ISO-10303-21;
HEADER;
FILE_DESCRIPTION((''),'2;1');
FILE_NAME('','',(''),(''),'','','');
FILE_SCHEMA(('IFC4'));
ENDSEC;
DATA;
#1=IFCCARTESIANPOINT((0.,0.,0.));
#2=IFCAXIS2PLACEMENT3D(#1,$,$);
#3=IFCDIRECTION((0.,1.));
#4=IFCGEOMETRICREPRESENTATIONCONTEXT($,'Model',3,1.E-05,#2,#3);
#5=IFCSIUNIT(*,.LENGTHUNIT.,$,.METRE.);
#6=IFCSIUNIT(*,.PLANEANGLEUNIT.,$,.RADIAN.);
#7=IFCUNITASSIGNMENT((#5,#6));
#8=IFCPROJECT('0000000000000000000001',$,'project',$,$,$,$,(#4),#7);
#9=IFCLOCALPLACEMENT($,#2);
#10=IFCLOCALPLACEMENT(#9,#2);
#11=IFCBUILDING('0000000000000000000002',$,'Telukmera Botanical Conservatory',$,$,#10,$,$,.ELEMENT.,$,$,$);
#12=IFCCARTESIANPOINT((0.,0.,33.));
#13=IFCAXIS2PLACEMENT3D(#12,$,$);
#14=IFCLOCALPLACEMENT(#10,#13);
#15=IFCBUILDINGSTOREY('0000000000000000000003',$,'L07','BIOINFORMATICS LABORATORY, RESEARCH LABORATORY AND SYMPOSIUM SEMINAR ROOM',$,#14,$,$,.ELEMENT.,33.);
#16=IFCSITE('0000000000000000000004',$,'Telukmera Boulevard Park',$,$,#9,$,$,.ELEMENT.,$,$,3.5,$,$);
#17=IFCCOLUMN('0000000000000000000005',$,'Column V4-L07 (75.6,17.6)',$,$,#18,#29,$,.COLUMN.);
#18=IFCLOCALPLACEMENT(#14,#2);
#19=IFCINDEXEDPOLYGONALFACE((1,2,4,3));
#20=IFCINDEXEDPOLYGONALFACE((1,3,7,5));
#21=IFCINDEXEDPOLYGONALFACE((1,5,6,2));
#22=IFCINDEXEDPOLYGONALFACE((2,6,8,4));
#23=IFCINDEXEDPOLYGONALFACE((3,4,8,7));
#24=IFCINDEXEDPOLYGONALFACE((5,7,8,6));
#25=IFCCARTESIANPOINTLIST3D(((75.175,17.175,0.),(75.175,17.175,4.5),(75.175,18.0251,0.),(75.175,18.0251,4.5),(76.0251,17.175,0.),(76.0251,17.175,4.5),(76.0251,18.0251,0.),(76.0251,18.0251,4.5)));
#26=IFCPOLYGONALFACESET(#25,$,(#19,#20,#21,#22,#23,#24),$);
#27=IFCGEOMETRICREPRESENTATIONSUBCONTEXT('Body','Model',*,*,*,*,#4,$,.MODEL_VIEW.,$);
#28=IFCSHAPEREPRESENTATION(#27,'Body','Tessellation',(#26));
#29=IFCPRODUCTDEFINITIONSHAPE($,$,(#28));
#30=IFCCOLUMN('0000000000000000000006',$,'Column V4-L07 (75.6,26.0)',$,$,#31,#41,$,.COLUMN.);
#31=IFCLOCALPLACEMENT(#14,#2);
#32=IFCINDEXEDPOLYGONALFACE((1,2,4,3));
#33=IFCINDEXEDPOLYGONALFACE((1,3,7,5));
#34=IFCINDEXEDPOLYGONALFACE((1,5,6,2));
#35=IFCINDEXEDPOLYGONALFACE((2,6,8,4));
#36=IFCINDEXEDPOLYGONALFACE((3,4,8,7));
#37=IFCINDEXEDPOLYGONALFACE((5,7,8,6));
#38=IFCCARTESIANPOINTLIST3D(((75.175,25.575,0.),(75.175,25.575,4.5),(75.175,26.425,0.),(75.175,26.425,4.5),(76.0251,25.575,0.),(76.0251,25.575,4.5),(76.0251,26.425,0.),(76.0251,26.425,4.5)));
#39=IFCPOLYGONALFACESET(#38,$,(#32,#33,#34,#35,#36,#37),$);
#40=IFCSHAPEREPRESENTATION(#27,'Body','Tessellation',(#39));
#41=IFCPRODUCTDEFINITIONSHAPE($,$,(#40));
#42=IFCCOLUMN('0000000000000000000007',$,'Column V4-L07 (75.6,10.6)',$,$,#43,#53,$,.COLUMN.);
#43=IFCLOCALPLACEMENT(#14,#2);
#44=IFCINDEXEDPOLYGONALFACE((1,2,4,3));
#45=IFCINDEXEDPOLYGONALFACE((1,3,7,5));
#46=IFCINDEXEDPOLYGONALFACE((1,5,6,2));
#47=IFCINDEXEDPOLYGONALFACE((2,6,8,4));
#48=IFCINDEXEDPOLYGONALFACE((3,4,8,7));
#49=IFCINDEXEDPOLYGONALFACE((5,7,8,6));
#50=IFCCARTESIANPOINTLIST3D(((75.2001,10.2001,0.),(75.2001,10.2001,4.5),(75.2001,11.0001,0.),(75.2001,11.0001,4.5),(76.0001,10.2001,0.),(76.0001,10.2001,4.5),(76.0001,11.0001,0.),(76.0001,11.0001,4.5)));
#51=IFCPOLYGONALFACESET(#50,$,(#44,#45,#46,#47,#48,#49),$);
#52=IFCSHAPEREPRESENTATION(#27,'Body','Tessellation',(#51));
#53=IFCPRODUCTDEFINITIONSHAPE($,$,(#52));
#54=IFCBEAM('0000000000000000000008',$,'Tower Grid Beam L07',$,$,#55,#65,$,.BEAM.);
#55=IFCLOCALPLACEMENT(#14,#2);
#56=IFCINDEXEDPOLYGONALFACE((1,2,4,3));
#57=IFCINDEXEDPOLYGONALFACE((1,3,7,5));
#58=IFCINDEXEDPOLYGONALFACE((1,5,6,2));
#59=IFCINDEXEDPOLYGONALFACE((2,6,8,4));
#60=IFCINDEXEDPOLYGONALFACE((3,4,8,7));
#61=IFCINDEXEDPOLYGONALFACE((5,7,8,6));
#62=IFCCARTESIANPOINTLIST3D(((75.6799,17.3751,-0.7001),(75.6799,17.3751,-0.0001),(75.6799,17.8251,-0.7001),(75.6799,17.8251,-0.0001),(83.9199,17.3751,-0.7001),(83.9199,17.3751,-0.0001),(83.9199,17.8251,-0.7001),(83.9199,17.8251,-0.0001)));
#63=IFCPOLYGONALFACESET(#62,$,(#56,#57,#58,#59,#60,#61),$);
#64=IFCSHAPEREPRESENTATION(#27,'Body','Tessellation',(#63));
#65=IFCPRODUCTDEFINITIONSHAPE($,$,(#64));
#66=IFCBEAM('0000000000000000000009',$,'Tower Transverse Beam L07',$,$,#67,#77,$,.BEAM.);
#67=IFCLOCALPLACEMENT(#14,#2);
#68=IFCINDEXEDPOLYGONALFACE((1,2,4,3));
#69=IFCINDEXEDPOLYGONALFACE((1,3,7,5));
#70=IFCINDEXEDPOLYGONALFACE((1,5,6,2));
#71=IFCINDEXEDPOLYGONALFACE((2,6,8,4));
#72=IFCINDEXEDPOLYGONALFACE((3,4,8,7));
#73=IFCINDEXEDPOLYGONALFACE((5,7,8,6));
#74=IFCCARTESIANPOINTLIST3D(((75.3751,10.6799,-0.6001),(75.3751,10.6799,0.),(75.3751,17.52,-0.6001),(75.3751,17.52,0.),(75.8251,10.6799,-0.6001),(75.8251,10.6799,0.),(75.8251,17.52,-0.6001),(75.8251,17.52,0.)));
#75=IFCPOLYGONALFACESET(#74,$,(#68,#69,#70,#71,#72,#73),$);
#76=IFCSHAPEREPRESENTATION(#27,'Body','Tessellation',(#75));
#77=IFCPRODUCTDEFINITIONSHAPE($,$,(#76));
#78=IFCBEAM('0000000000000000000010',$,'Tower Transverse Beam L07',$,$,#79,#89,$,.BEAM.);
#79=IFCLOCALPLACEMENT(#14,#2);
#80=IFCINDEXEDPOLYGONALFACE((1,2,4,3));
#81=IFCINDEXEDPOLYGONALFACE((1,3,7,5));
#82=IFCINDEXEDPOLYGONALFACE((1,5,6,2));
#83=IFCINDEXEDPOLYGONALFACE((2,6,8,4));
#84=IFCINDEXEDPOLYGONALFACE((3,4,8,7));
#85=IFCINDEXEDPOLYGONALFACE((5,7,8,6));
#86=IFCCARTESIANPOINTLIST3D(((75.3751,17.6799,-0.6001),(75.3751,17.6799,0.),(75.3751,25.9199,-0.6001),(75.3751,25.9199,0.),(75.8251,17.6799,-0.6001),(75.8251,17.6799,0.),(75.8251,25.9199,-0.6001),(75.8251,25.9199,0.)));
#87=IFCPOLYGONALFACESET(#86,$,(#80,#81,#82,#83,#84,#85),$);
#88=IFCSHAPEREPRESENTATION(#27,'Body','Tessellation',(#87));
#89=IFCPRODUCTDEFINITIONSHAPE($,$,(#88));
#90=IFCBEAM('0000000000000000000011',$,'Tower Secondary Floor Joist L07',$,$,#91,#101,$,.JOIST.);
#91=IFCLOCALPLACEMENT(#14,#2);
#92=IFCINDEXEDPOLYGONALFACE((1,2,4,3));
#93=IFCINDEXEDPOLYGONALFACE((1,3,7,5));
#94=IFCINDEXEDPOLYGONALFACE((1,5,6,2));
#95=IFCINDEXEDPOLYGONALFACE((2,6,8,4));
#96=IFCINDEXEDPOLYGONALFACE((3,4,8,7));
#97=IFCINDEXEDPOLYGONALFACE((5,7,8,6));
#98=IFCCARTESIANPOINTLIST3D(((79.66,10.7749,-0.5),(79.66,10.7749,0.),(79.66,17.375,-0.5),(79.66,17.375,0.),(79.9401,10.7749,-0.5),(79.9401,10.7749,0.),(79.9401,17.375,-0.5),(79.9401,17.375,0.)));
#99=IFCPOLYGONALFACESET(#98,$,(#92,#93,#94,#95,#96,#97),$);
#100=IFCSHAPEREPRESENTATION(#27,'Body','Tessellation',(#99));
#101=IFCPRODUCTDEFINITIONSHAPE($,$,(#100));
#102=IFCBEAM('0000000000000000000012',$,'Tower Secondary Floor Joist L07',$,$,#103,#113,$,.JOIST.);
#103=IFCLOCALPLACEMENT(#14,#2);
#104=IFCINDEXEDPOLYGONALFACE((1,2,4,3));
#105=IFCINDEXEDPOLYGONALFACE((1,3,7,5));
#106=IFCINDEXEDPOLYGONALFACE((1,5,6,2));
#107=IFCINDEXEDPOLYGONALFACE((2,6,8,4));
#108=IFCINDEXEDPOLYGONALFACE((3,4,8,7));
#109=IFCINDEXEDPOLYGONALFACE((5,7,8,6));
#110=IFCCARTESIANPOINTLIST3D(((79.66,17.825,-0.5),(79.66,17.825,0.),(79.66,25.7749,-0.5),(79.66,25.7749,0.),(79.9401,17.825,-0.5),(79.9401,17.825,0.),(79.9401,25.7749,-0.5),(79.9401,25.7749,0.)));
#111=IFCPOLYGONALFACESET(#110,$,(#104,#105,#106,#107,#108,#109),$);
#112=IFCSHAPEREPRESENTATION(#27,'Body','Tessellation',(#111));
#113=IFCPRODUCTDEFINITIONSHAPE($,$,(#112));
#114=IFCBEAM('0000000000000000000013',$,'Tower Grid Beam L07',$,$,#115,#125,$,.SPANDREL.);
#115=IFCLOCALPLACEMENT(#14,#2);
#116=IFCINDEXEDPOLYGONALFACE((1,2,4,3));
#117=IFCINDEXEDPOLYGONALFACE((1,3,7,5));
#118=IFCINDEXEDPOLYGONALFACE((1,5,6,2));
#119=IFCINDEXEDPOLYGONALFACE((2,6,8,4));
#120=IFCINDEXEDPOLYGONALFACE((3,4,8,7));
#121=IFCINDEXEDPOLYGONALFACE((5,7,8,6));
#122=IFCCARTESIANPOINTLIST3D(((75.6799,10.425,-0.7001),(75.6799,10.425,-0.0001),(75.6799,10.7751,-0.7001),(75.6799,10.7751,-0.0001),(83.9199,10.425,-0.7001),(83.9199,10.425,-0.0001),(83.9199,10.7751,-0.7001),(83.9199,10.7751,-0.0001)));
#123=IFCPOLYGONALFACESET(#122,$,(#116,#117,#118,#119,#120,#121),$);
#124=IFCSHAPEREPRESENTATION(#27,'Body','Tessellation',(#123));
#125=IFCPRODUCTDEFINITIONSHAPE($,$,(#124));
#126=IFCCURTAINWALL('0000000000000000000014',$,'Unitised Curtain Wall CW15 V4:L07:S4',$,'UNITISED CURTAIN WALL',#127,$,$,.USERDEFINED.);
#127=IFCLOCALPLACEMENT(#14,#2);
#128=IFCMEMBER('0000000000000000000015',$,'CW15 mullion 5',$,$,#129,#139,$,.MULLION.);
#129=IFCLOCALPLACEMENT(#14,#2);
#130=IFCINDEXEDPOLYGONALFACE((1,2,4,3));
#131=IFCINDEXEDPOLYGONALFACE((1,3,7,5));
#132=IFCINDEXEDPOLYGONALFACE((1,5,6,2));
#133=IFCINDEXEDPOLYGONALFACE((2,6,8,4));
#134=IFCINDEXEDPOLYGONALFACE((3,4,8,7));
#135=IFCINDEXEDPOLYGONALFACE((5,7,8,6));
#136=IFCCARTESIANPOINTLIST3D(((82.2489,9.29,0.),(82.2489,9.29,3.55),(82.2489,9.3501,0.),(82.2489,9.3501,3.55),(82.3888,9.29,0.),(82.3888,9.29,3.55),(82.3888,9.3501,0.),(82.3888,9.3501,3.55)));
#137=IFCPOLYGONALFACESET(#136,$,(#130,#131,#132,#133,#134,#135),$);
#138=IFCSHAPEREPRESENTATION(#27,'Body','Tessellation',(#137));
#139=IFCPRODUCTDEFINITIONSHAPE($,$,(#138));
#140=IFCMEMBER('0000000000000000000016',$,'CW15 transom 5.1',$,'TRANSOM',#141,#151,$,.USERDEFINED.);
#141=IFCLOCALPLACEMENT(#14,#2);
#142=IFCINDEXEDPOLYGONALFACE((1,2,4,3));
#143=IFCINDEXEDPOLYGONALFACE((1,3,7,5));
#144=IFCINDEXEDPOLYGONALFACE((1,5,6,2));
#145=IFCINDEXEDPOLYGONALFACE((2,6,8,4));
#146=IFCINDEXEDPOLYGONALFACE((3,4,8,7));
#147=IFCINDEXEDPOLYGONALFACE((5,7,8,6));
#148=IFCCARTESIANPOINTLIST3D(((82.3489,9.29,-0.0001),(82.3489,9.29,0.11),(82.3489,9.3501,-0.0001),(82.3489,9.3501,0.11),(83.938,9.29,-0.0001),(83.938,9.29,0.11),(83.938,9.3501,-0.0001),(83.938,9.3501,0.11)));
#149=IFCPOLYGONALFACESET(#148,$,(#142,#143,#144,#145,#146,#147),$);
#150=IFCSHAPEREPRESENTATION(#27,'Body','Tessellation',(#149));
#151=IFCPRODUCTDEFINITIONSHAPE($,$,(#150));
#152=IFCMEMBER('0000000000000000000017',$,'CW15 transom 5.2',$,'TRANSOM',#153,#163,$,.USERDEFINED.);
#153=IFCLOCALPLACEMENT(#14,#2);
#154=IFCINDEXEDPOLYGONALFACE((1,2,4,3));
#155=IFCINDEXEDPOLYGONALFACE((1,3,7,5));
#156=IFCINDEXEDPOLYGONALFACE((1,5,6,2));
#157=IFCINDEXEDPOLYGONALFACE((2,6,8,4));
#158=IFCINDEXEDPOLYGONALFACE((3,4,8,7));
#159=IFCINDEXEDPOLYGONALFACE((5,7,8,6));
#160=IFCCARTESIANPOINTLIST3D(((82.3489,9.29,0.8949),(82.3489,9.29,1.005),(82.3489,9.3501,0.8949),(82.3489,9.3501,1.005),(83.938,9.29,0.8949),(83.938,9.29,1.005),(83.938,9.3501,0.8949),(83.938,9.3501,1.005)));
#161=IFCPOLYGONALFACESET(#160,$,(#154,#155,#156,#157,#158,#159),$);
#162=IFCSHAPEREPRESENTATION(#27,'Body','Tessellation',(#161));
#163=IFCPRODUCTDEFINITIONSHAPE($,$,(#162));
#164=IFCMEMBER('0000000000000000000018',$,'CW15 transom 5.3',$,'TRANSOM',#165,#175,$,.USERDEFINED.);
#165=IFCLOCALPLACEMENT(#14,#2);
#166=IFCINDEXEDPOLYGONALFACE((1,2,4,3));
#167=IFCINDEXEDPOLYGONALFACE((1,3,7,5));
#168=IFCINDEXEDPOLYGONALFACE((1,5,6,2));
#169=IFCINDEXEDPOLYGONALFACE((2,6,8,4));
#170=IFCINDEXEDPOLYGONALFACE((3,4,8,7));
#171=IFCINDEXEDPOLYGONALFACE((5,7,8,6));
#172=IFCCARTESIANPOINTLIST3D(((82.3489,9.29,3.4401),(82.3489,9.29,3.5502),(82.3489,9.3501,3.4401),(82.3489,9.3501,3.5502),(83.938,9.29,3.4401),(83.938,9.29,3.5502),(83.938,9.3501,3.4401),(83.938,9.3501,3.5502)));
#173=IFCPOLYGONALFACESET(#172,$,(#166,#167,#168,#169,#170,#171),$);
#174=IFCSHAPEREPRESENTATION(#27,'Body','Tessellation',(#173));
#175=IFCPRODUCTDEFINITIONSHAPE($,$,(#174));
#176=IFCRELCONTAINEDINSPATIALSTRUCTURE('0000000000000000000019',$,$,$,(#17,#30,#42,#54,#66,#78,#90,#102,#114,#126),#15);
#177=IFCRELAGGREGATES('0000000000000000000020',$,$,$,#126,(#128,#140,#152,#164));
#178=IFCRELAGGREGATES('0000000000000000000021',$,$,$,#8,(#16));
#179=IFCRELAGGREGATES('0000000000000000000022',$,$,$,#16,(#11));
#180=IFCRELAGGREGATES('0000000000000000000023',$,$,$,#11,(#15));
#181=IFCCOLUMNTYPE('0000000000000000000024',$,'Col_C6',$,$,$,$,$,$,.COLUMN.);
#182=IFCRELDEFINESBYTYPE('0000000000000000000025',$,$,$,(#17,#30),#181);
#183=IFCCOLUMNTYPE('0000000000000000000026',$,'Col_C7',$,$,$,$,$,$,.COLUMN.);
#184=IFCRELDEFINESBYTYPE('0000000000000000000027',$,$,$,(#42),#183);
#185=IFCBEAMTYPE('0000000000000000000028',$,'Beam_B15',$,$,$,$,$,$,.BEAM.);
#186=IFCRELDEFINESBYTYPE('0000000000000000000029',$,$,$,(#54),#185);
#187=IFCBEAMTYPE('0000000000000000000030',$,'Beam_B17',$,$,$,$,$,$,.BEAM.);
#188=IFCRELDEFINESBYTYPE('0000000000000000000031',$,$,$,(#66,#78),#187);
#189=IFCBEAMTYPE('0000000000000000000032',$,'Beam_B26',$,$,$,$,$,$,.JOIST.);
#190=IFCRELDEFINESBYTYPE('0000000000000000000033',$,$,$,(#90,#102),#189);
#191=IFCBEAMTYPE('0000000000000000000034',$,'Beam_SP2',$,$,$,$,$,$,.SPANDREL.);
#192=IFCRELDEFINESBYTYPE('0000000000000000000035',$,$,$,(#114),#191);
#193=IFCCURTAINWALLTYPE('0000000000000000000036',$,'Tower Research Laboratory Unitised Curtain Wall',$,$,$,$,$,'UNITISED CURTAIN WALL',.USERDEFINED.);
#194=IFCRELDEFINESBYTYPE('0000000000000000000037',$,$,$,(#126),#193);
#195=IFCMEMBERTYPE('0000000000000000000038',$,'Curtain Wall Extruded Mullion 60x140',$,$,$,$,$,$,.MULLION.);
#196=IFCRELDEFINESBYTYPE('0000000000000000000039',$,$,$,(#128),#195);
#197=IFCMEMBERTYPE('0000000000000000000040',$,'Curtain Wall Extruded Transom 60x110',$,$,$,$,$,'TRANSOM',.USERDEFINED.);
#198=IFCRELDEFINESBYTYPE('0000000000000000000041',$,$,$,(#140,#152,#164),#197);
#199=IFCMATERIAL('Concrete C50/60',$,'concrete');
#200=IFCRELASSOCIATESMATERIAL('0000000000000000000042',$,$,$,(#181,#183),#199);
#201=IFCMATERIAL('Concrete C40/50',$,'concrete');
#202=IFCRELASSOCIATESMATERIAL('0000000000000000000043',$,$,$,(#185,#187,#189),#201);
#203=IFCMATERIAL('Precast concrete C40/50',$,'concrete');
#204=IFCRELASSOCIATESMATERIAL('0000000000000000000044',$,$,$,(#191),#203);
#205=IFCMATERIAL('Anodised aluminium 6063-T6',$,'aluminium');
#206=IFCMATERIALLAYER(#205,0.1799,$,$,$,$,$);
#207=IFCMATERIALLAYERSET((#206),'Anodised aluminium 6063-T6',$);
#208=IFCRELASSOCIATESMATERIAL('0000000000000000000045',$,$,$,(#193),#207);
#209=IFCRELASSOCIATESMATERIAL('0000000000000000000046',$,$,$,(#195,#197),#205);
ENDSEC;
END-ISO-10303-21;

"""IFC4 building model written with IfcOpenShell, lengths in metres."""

from ifc_helpers import new_model, si_unit, direction, frame, origin, origin_2d, place, context, subcontext, project, spatial, rectangle, extrude, material, layer, layer_set, material_profile, profile_set, type_object, element, aggregate, save


model = new_model("IFC4")

# Units and contexts
model_context = context("Model", 3, precision=1e-05, world=origin(), true_north=direction((0.0, 1.0)))
body_context = subcontext(model_context, "Body", "Model", "MODEL_VIEW")
ifc_project = project(units=[si_unit("LENGTHUNIT", "METRE"), si_unit("PLANEANGLEUNIT", "RADIAN")], contexts=[model_context])

# Site, building, storey
site_placement = place(None, origin())
site = spatial("IfcSite", under=ifc_project, at=site_placement, Name="Telukmera Boulevard Park", CompositionType="ELEMENT", RefElevation=3.5)
building_placement = place(site_placement, origin())
building = spatial("IfcBuilding", under=site, at=building_placement, Name="Telukmera Botanical Conservatory", CompositionType="ELEMENT")
storey_placement = place(building_placement, frame((0.0, 0.0, 33.0)))
storey = spatial("IfcBuildingStorey", under=building, at=storey_placement, Name="L07", Description="BIOINFORMATICS LABORATORY, RESEARCH LABORATORY AND SYMPOSIUM SEMINAR ROOM", CompositionType="ELEMENT", Elevation=33.0)

# Columns
ifc_material_1 = material(Name="Concrete C50/60", Category="concrete")
ifc_material_profile_1 = material_profile(ifc_material_1, rectangle(XDim=0.8501, YDim=0.8501, at=origin_2d()), Name="RC 850x850")
ifc_profile_set_1 = profile_set([ifc_material_profile_1], Name="Concrete C50/60")
column_type_1 = type_object("IfcColumnType", Name="Col_C6", PredefinedType="COLUMN", material=ifc_profile_set_1)
for number, where, z_axis, x_axis, name in (
    (1, (75.6001, 17.6001, 0.0), (0.0, 0.0, 1.0), (1.0, 0.0, 0.0), "Column V4-L07 (75.6,17.6)"),
    (2, (75.6001, 26.0, 0.0), (0.0, 0.0, 1.0), (1.0, 0.0, 0.0), "Column V4-L07 (75.6,26.0)"),
):
    element("IfcColumn", number, at=place(storey_placement, frame(where, z_axis=z_axis, x_axis=x_axis)), inside=storey, type_object=column_type_1, Name=name, PredefinedType="COLUMN", context=body_context, shape_type="SweptSolid", body=[
        extrude(rectangle(XDim=0.8501, YDim=0.8501, at=origin_2d()), origin(), (0.0, 0.0, 1.0), 4.5),
    ])
ifc_material_profile_2 = material_profile(ifc_material_1, rectangle(XDim=0.8, YDim=0.8, at=origin_2d()), Name="RC 800x800")
ifc_profile_set_2 = profile_set([ifc_material_profile_2], Name="Concrete C50/60")
column_type_2 = type_object("IfcColumnType", Name="Col_C7", PredefinedType="COLUMN", material=ifc_profile_set_2)
column_placement = place(storey_placement, frame((75.6001, 10.6001, 0.0), z_axis=(0.0, 0.0, 1.0), x_axis=(1.0, 0.0, 0.0)))
element("IfcColumn", 3, at=column_placement, inside=storey, type_object=column_type_2, Name="Column V4-L07 (75.6,10.6)", PredefinedType="COLUMN", context=body_context, shape_type="SweptSolid", body=[
    extrude(rectangle(XDim=0.8, YDim=0.8, at=origin_2d()), origin(), (0.0, 0.0, 1.0), 4.5),
])

# Beams
ifc_material_2 = material(Name="Concrete C40/50", Category="concrete")
ifc_material_profile_3 = material_profile(ifc_material_2, rectangle(XDim=0.45, YDim=0.7, at=origin_2d()), Name="RC 450x700")
ifc_profile_set_3 = profile_set([ifc_material_profile_3], Name="Concrete C40/50")
beam_type_1 = type_object("IfcBeamType", Name="Beam_B15", PredefinedType="BEAM", material=ifc_profile_set_3)
beam_1_placement = place(storey_placement, frame((75.6799, 17.6001, -0.3501), z_axis=(1.0, 0.0, 0.0), x_axis=(0.0, 1.0, 0.0)))
element("IfcBeam", 4, at=beam_1_placement, inside=storey, type_object=beam_type_1, Name="Tower Grid Beam L07", PredefinedType="BEAM", context=body_context, shape_type="SweptSolid", body=[
    extrude(rectangle(XDim=0.45, YDim=0.7, at=origin_2d()), origin(), (0.0, 0.0, 1.0), 8.24),
])
ifc_material_profile_4 = material_profile(ifc_material_2, rectangle(XDim=0.45, YDim=0.6001, at=origin_2d()), Name="RC 450x600")
ifc_profile_set_4 = profile_set([ifc_material_profile_4], Name="Concrete C40/50")
beam_type_2 = type_object("IfcBeamType", Name="Beam_B17", PredefinedType="BEAM", material=ifc_profile_set_4)
beam_2_placement = place(storey_placement, frame((75.6001, 10.6799, -0.3), z_axis=(0.0, 1.0, 0.0), x_axis=(-1.0, 0.0, 0.0)))
element("IfcBeam", 5, at=beam_2_placement, inside=storey, type_object=beam_type_2, Name="Tower Transverse Beam L07", PredefinedType="BEAM", context=body_context, shape_type="SweptSolid", body=[
    extrude(rectangle(XDim=0.45, YDim=0.6001, at=origin_2d()), origin(), (0.0, 0.0, 1.0), 6.8401),
])
beam_3_placement = place(storey_placement, frame((75.6001, 17.6799, -0.3), z_axis=(0.0, 1.0, 0.0), x_axis=(-1.0, 0.0, 0.0)))
element("IfcBeam", 6, at=beam_3_placement, inside=storey, type_object=beam_type_2, Name="Tower Transverse Beam L07", PredefinedType="BEAM", context=body_context, shape_type="SweptSolid", body=[
    extrude(rectangle(XDim=0.45, YDim=0.6001, at=origin_2d()), origin(), (0.0, 0.0, 1.0), 8.24),
])
ifc_material_profile_5 = material_profile(ifc_material_2, rectangle(XDim=0.28, YDim=0.5, at=origin_2d()), Name="RC 280x500")
ifc_profile_set_5 = profile_set([ifc_material_profile_5], Name="Concrete C40/50")
beam_type_3 = type_object("IfcBeamType", Name="Beam_B26", PredefinedType="JOIST", material=ifc_profile_set_5)
beam_4_placement = place(storey_placement, frame((79.8, 10.7749, -0.25), z_axis=(0.0, 1.0, 0.0), x_axis=(-1.0, 0.0, 0.0)))
element("IfcBeam", 7, at=beam_4_placement, inside=storey, type_object=beam_type_3, Name="Tower Secondary Floor Joist L07", PredefinedType="JOIST", context=body_context, shape_type="SweptSolid", body=[
    extrude(rectangle(XDim=0.28, YDim=0.5, at=origin_2d()), origin(), (0.0, 0.0, 1.0), 6.6001),
])
beam_5_placement = place(storey_placement, frame((79.8, 17.825, -0.25), z_axis=(0.0, 1.0, 0.0), x_axis=(-1.0, 0.0, 0.0)))
element("IfcBeam", 8, at=beam_5_placement, inside=storey, type_object=beam_type_3, Name="Tower Secondary Floor Joist L07", PredefinedType="JOIST", context=body_context, shape_type="SweptSolid", body=[
    extrude(rectangle(XDim=0.28, YDim=0.5, at=origin_2d()), origin(), (0.0, 0.0, 1.0), 7.95),
])
ifc_material_3 = material(Name="Precast concrete C40/50", Category="concrete")
ifc_material_profile_6 = material_profile(ifc_material_3, rectangle(XDim=0.3501, YDim=0.7, at=origin_2d()), Name="PC 350x700")
ifc_profile_set_6 = profile_set([ifc_material_profile_6], Name="Precast concrete C40/50")
beam_type_4 = type_object("IfcBeamType", Name="Beam_SP2", PredefinedType="SPANDREL", material=ifc_profile_set_6)
beam_6_placement = place(storey_placement, frame((75.6799, 10.6001, -0.3501), z_axis=(1.0, 0.0, 0.0), x_axis=(0.0, 1.0, 0.0)))
element("IfcBeam", 9, at=beam_6_placement, inside=storey, type_object=beam_type_4, Name="Tower Grid Beam L07", PredefinedType="SPANDREL", context=body_context, shape_type="SweptSolid", body=[
    extrude(rectangle(XDim=0.3501, YDim=0.7, at=origin_2d()), origin(), (0.0, 0.0, 1.0), 8.24),
])

# Curtain wall, members
ifc_material_4 = material(Name="Anodised aluminium 6063-T6", Category="aluminium")
ifc_layer_1 = layer(ifc_material_4, 0.1799)
ifc_layer_set_1 = layer_set([ifc_layer_1], Name="Anodised aluminium 6063-T6")
curtain_wall_type = type_object("IfcCurtainWallType", Name="Tower Research Laboratory Unitised Curtain Wall", ElementType="UNITISED CURTAIN WALL", PredefinedType="USERDEFINED", material=ifc_layer_set_1)
curtain_wall_placement = place(storey_placement, origin())
curtain_wall = element("IfcCurtainWall", 10, at=curtain_wall_placement, inside=storey, type_object=curtain_wall_type, Name="Unitised Curtain Wall CW15 V4:L07:S4", ObjectType="UNITISED CURTAIN WALL", PredefinedType="USERDEFINED")
ifc_material_profile_7 = material_profile(ifc_material_4, rectangle(XDim=0.0601, YDim=0.1399, at=origin_2d()), Name="ALU MULL 60x140")
ifc_profile_set_7 = profile_set([ifc_material_profile_7], Name="Anodised aluminium 6063-T6")
member_type_1 = type_object("IfcMemberType", Name="Curtain Wall Extruded Mullion 60x140", PredefinedType="MULLION", material=ifc_profile_set_7)
member_1_placement = place(storey_placement, frame((82.3188, 9.3201, 0.0), z_axis=(0.0, 0.0, 1.0), x_axis=(0.0, 1.0, 0.0)))
member_1 = element("IfcMember", 11, at=member_1_placement, type_object=member_type_1, Name="CW15 mullion 5", PredefinedType="MULLION", context=body_context, shape_type="SweptSolid", body=[
    extrude(rectangle(XDim=0.0601, YDim=0.1399, at=origin_2d()), origin(), (0.0, 0.0, 1.0), 3.55),
])
ifc_material_profile_8 = material_profile(ifc_material_4, rectangle(XDim=0.0601, YDim=0.1101, at=origin_2d()), Name="ALU TRAN 60x110")
ifc_profile_set_8 = profile_set([ifc_material_profile_8], Name="Anodised aluminium 6063-T6")
member_type_2 = type_object("IfcMemberType", Name="Curtain Wall Extruded Transom 60x110", ElementType="TRANSOM", PredefinedType="USERDEFINED", material=ifc_profile_set_8)
member_2_placement = place(storey_placement, frame((82.3489, 9.3201, 0.0549), z_axis=(1.0, 0.0, 0.0), x_axis=(0.0, 1.0, 0.0)))
member_2 = element("IfcMember", 12, at=member_2_placement, type_object=member_type_2, Name="CW15 transom 5.1", ObjectType="TRANSOM", PredefinedType="USERDEFINED", context=body_context, shape_type="SweptSolid", body=[
    extrude(rectangle(XDim=0.0601, YDim=0.1101, at=origin_2d()), origin(), (0.0, 0.0, 1.0), 1.5891),
])
member_3_placement = place(storey_placement, frame((82.3489, 9.3201, 0.95), z_axis=(1.0, 0.0, 0.0), x_axis=(0.0, 1.0, 0.0)))
member_3 = element("IfcMember", 13, at=member_3_placement, type_object=member_type_2, Name="CW15 transom 5.2", ObjectType="TRANSOM", PredefinedType="USERDEFINED", context=body_context, shape_type="SweptSolid", body=[
    extrude(rectangle(XDim=0.0601, YDim=0.1101, at=origin_2d()), origin(), (0.0, 0.0, 1.0), 1.5891),
])
member_4_placement = place(storey_placement, frame((82.3489, 9.3201, 3.4951), z_axis=(1.0, 0.0, 0.0), x_axis=(0.0, 1.0, 0.0)))
member_4 = element("IfcMember", 14, at=member_4_placement, type_object=member_type_2, Name="CW15 transom 5.3", ObjectType="TRANSOM", PredefinedType="USERDEFINED", context=body_context, shape_type="SweptSolid", body=[
    extrude(rectangle(XDim=0.0601, YDim=0.1101, at=origin_2d()), origin(), (0.0, 0.0, 1.0), 1.5891),
])
aggregate(curtain_wall, [member_1, member_2, member_3, member_4])

save(model, "model.ifc")
